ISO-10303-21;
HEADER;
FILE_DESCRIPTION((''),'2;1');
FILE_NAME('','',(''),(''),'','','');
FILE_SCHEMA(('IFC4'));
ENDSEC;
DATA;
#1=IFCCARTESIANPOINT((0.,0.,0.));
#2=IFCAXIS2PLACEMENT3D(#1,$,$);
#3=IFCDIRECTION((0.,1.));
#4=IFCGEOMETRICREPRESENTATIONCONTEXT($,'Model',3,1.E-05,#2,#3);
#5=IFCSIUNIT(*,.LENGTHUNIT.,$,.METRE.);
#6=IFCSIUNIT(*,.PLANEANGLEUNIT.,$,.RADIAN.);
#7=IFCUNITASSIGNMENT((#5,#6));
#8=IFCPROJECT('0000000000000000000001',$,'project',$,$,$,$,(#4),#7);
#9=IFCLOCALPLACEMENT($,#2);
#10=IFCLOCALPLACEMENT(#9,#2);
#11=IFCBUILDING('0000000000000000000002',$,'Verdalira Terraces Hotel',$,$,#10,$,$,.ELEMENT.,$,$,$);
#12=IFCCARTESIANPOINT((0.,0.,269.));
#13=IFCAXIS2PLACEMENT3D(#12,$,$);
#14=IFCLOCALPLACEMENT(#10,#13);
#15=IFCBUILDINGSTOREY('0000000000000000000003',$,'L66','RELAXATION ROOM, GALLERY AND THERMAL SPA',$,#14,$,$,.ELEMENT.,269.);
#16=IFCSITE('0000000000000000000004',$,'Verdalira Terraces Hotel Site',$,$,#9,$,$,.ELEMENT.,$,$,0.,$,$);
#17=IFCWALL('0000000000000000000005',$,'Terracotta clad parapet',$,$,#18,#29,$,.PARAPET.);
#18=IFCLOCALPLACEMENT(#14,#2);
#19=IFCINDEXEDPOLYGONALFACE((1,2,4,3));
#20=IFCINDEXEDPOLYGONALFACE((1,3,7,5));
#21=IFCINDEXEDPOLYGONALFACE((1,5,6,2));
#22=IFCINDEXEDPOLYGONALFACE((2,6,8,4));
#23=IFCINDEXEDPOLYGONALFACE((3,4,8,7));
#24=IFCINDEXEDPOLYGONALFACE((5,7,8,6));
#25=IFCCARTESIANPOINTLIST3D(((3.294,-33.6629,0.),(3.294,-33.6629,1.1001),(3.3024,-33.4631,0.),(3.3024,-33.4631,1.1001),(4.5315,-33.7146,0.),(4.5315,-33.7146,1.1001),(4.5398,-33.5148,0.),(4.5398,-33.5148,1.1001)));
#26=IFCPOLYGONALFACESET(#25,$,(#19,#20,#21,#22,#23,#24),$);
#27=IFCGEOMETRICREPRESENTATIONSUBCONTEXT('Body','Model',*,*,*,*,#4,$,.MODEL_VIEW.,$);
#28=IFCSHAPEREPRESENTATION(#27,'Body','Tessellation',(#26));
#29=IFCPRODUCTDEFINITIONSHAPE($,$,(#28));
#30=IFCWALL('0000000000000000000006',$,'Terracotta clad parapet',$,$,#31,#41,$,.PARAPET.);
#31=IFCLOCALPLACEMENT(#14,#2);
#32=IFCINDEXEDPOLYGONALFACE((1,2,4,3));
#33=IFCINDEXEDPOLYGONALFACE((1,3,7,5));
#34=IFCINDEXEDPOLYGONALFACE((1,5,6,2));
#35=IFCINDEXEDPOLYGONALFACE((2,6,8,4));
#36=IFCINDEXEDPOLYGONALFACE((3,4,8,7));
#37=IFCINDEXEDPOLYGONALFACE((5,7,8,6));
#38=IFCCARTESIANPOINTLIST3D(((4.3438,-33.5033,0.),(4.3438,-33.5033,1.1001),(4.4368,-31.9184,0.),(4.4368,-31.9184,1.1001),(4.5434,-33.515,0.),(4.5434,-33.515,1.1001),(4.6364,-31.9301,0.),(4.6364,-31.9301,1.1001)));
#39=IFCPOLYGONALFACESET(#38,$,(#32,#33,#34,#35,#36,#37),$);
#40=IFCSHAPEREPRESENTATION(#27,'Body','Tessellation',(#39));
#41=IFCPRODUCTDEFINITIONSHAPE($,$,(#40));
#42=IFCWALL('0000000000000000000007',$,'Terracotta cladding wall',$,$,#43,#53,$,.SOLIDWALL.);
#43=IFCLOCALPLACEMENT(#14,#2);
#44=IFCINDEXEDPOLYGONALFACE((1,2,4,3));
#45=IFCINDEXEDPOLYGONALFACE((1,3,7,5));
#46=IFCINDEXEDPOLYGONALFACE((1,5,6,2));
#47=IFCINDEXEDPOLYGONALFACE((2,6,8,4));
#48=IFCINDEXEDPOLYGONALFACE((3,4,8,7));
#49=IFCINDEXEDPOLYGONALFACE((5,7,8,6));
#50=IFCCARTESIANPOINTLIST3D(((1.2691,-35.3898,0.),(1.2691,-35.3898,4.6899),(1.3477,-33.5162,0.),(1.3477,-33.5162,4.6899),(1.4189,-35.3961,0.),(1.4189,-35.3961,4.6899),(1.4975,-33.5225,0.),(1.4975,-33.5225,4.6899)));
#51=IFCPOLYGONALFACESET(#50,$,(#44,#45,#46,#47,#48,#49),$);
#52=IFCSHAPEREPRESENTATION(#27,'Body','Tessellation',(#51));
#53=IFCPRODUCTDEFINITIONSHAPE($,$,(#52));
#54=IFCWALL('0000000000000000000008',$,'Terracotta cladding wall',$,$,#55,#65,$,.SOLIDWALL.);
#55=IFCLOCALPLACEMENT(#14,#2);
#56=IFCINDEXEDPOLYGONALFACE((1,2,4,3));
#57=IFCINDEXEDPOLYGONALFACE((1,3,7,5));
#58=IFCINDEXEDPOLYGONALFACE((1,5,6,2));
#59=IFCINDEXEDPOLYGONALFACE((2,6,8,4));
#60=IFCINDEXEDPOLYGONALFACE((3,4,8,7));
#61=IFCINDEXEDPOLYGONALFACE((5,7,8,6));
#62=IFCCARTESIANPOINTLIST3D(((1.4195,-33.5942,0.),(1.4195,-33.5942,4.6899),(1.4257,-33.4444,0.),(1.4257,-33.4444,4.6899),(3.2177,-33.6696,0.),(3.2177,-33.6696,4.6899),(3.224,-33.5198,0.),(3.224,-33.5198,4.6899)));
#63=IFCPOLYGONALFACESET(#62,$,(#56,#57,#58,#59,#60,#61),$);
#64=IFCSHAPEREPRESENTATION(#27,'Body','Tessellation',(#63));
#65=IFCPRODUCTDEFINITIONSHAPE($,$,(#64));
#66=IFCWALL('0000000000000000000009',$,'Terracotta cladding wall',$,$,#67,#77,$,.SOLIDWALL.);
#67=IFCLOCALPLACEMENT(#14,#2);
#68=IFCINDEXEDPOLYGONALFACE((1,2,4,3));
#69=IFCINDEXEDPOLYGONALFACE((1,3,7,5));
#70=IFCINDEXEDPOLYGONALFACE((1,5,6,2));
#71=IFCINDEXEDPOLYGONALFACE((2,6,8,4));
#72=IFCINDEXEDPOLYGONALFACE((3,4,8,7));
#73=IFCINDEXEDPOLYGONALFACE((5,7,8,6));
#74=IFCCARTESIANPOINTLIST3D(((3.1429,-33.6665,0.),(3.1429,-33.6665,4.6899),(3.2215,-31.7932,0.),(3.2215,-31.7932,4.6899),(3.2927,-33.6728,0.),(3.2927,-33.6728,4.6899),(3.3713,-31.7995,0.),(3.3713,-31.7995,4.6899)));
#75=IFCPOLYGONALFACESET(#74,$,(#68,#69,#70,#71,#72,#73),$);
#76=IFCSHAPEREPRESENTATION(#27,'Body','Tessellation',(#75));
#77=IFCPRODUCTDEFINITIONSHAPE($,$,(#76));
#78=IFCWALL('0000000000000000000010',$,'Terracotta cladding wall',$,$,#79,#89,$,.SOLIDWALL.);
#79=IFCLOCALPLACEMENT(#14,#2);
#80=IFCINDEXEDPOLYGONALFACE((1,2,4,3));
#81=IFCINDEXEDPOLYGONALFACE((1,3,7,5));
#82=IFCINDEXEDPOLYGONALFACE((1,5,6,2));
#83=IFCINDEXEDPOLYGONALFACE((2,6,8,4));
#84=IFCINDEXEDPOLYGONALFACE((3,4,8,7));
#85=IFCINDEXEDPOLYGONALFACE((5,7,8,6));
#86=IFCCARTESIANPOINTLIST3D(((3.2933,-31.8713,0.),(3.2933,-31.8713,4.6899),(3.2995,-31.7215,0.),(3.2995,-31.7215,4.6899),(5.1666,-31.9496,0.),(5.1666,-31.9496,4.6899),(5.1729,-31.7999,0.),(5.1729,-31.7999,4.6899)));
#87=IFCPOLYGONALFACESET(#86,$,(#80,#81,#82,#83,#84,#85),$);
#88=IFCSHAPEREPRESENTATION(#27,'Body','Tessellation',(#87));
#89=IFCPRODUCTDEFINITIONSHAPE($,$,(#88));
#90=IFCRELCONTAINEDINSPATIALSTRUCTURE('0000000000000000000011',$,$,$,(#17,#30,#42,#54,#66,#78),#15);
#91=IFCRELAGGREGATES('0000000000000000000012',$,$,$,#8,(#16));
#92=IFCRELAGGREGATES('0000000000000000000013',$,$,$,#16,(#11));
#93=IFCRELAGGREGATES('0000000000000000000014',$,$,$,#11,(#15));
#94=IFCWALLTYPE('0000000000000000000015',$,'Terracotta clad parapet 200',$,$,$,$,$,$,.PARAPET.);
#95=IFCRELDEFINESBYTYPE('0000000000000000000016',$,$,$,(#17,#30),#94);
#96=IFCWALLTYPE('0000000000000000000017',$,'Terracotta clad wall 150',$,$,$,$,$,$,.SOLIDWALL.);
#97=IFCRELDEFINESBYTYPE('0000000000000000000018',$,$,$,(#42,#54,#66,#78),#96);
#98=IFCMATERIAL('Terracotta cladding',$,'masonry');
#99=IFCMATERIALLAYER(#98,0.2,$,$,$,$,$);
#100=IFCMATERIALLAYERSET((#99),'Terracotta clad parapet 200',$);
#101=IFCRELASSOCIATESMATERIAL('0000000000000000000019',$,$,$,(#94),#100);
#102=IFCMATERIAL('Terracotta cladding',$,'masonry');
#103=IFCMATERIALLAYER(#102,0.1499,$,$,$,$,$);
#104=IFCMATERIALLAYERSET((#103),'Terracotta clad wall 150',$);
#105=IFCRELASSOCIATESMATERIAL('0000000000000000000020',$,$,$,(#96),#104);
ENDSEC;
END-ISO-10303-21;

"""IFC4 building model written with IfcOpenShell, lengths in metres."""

from ifc_helpers import new_model, si_unit, direction, frame, frame_2d, origin, place, context, subcontext, project, spatial, rectangle, extrude, material, layer, layer_set, type_object, element, save


model = new_model("IFC4")

# Units and contexts
model_context = context("Model", 3, precision=1e-05, world=origin(), true_north=direction((0.0, 1.0)))
body_context = subcontext(model_context, "Body", "Model", "MODEL_VIEW")
ifc_project = project(units=[si_unit("LENGTHUNIT", "METRE"), si_unit("PLANEANGLEUNIT", "RADIAN")], contexts=[model_context])

# Site, building, storey
site_placement = place(None, origin())
site = spatial("IfcSite", under=ifc_project, at=site_placement, Name="Verdalira Terraces Hotel Site", CompositionType="ELEMENT", RefElevation=0.0)
building_placement = place(site_placement, origin())
building = spatial("IfcBuilding", under=site, at=building_placement, Name="Verdalira Terraces Hotel", CompositionType="ELEMENT")
storey_placement = place(building_placement, frame((0.0, 0.0, 269.0)))
storey = spatial("IfcBuildingStorey", under=building, at=storey_placement, Name="L66", Description="RELAXATION ROOM, GALLERY AND THERMAL SPA", CompositionType="ELEMENT", Elevation=269.0)

# Walls
ifc_material_1 = material(Name="Terracotta cladding", Category="masonry")
ifc_layer_1 = layer(ifc_material_1, 0.2)
ifc_layer_set_1 = layer_set([ifc_layer_1], Name="Terracotta clad parapet 200")
wall_type_1 = type_object("IfcWallType", Name="Terracotta clad parapet 200", PredefinedType="PARAPET", material=ifc_layer_set_1)
wall_1_placement = place(storey_placement, frame((3.2983, -33.563, 0.0), z_axis=(0.0, 0.0, 1.0), x_axis=(0.999127, -0.041786, 0.0)))
element("IfcWall", 1, at=wall_1_placement, inside=storey, type_object=wall_type_1, Name="Terracotta clad parapet", PredefinedType="PARAPET", context=body_context, shape_type="SweptSolid", body=[
    extrude(rectangle(XDim=1.2385, YDim=0.2, at=frame_2d((0.6191, 0.0))), origin(), (0.0, 0.0, 1.0), 1.1001),
])
wall_2_placement = place(storey_placement, frame((4.4436, -33.5093, 0.0), z_axis=(0.0, 0.0, 1.0), x_axis=(0.058587, 0.998282, 0.0)))
element("IfcWall", 2, at=wall_2_placement, inside=storey, type_object=wall_type_1, Name="Terracotta clad parapet", PredefinedType="PARAPET", context=body_context, shape_type="SweptSolid", body=[
    extrude(rectangle(XDim=1.5876, YDim=0.2, at=frame_2d((0.7939, 0.0))), origin(), (0.0, 0.0, 1.0), 1.1001),
])
ifc_material_2 = material(Name="Terracotta cladding", Category="masonry")
ifc_layer_2 = layer(ifc_material_2, 0.1499)
ifc_layer_set_2 = layer_set([ifc_layer_2], Name="Terracotta clad wall 150")
wall_type_2 = type_object("IfcWallType", Name="Terracotta clad wall 150", PredefinedType="SOLIDWALL", material=ifc_layer_set_2)
wall_3_placement = place(storey_placement, frame((1.344, -35.3928, 0.0), z_axis=(0.0, 0.0, 1.0), x_axis=(0.041923, 0.999121, 0.0)))
element("IfcWall", 3, at=wall_3_placement, inside=storey, type_object=wall_type_2, Name="Terracotta cladding wall", PredefinedType="SOLIDWALL", context=body_context, shape_type="SweptSolid", body=[
    extrude(rectangle(XDim=1.8752, YDim=0.1499, at=frame_2d((0.9375, 0.0))), origin(), (0.0, 0.0, 1.0), 4.6899),
])
wall_4_placement = place(storey_placement, frame((1.4226, -33.5193, 0.0), z_axis=(0.0, 0.0, 1.0), x_axis=(0.999121, -0.041913, 0.0)))
element("IfcWall", 4, at=wall_4_placement, inside=storey, type_object=wall_type_2, Name="Terracotta cladding wall", PredefinedType="SOLIDWALL", context=body_context, shape_type="SweptSolid", body=[
    extrude(rectangle(XDim=1.7998, YDim=0.1499, at=frame_2d((0.8999, 0.0))), origin(), (0.0, 0.0, 1.0), 4.6899),
])
for number, where, z_axis, x_axis, name in (
    (5, (3.2178, -33.6697, 0.0), (0.0, 0.0, 1.0), (0.041928, 0.999121, 0.0), "Terracotta cladding wall"),
    (6, (3.2964, -31.7964, 0.0), (0.0, 0.0, 1.0), (0.999126, -0.041798, 0.0), "Terracotta cladding wall"),
):
    element("IfcWall", number, at=place(storey_placement, frame(where, z_axis=z_axis, x_axis=x_axis)), inside=storey, type_object=wall_type_2, Name=name, PredefinedType="SOLIDWALL", context=body_context, shape_type="SweptSolid", body=[
        extrude(rectangle(XDim=1.875, YDim=0.1499, at=frame_2d((0.9375, 0.0))), origin(), (0.0, 0.0, 1.0), 4.6899),
    ])

save(model, "model.ifc")
